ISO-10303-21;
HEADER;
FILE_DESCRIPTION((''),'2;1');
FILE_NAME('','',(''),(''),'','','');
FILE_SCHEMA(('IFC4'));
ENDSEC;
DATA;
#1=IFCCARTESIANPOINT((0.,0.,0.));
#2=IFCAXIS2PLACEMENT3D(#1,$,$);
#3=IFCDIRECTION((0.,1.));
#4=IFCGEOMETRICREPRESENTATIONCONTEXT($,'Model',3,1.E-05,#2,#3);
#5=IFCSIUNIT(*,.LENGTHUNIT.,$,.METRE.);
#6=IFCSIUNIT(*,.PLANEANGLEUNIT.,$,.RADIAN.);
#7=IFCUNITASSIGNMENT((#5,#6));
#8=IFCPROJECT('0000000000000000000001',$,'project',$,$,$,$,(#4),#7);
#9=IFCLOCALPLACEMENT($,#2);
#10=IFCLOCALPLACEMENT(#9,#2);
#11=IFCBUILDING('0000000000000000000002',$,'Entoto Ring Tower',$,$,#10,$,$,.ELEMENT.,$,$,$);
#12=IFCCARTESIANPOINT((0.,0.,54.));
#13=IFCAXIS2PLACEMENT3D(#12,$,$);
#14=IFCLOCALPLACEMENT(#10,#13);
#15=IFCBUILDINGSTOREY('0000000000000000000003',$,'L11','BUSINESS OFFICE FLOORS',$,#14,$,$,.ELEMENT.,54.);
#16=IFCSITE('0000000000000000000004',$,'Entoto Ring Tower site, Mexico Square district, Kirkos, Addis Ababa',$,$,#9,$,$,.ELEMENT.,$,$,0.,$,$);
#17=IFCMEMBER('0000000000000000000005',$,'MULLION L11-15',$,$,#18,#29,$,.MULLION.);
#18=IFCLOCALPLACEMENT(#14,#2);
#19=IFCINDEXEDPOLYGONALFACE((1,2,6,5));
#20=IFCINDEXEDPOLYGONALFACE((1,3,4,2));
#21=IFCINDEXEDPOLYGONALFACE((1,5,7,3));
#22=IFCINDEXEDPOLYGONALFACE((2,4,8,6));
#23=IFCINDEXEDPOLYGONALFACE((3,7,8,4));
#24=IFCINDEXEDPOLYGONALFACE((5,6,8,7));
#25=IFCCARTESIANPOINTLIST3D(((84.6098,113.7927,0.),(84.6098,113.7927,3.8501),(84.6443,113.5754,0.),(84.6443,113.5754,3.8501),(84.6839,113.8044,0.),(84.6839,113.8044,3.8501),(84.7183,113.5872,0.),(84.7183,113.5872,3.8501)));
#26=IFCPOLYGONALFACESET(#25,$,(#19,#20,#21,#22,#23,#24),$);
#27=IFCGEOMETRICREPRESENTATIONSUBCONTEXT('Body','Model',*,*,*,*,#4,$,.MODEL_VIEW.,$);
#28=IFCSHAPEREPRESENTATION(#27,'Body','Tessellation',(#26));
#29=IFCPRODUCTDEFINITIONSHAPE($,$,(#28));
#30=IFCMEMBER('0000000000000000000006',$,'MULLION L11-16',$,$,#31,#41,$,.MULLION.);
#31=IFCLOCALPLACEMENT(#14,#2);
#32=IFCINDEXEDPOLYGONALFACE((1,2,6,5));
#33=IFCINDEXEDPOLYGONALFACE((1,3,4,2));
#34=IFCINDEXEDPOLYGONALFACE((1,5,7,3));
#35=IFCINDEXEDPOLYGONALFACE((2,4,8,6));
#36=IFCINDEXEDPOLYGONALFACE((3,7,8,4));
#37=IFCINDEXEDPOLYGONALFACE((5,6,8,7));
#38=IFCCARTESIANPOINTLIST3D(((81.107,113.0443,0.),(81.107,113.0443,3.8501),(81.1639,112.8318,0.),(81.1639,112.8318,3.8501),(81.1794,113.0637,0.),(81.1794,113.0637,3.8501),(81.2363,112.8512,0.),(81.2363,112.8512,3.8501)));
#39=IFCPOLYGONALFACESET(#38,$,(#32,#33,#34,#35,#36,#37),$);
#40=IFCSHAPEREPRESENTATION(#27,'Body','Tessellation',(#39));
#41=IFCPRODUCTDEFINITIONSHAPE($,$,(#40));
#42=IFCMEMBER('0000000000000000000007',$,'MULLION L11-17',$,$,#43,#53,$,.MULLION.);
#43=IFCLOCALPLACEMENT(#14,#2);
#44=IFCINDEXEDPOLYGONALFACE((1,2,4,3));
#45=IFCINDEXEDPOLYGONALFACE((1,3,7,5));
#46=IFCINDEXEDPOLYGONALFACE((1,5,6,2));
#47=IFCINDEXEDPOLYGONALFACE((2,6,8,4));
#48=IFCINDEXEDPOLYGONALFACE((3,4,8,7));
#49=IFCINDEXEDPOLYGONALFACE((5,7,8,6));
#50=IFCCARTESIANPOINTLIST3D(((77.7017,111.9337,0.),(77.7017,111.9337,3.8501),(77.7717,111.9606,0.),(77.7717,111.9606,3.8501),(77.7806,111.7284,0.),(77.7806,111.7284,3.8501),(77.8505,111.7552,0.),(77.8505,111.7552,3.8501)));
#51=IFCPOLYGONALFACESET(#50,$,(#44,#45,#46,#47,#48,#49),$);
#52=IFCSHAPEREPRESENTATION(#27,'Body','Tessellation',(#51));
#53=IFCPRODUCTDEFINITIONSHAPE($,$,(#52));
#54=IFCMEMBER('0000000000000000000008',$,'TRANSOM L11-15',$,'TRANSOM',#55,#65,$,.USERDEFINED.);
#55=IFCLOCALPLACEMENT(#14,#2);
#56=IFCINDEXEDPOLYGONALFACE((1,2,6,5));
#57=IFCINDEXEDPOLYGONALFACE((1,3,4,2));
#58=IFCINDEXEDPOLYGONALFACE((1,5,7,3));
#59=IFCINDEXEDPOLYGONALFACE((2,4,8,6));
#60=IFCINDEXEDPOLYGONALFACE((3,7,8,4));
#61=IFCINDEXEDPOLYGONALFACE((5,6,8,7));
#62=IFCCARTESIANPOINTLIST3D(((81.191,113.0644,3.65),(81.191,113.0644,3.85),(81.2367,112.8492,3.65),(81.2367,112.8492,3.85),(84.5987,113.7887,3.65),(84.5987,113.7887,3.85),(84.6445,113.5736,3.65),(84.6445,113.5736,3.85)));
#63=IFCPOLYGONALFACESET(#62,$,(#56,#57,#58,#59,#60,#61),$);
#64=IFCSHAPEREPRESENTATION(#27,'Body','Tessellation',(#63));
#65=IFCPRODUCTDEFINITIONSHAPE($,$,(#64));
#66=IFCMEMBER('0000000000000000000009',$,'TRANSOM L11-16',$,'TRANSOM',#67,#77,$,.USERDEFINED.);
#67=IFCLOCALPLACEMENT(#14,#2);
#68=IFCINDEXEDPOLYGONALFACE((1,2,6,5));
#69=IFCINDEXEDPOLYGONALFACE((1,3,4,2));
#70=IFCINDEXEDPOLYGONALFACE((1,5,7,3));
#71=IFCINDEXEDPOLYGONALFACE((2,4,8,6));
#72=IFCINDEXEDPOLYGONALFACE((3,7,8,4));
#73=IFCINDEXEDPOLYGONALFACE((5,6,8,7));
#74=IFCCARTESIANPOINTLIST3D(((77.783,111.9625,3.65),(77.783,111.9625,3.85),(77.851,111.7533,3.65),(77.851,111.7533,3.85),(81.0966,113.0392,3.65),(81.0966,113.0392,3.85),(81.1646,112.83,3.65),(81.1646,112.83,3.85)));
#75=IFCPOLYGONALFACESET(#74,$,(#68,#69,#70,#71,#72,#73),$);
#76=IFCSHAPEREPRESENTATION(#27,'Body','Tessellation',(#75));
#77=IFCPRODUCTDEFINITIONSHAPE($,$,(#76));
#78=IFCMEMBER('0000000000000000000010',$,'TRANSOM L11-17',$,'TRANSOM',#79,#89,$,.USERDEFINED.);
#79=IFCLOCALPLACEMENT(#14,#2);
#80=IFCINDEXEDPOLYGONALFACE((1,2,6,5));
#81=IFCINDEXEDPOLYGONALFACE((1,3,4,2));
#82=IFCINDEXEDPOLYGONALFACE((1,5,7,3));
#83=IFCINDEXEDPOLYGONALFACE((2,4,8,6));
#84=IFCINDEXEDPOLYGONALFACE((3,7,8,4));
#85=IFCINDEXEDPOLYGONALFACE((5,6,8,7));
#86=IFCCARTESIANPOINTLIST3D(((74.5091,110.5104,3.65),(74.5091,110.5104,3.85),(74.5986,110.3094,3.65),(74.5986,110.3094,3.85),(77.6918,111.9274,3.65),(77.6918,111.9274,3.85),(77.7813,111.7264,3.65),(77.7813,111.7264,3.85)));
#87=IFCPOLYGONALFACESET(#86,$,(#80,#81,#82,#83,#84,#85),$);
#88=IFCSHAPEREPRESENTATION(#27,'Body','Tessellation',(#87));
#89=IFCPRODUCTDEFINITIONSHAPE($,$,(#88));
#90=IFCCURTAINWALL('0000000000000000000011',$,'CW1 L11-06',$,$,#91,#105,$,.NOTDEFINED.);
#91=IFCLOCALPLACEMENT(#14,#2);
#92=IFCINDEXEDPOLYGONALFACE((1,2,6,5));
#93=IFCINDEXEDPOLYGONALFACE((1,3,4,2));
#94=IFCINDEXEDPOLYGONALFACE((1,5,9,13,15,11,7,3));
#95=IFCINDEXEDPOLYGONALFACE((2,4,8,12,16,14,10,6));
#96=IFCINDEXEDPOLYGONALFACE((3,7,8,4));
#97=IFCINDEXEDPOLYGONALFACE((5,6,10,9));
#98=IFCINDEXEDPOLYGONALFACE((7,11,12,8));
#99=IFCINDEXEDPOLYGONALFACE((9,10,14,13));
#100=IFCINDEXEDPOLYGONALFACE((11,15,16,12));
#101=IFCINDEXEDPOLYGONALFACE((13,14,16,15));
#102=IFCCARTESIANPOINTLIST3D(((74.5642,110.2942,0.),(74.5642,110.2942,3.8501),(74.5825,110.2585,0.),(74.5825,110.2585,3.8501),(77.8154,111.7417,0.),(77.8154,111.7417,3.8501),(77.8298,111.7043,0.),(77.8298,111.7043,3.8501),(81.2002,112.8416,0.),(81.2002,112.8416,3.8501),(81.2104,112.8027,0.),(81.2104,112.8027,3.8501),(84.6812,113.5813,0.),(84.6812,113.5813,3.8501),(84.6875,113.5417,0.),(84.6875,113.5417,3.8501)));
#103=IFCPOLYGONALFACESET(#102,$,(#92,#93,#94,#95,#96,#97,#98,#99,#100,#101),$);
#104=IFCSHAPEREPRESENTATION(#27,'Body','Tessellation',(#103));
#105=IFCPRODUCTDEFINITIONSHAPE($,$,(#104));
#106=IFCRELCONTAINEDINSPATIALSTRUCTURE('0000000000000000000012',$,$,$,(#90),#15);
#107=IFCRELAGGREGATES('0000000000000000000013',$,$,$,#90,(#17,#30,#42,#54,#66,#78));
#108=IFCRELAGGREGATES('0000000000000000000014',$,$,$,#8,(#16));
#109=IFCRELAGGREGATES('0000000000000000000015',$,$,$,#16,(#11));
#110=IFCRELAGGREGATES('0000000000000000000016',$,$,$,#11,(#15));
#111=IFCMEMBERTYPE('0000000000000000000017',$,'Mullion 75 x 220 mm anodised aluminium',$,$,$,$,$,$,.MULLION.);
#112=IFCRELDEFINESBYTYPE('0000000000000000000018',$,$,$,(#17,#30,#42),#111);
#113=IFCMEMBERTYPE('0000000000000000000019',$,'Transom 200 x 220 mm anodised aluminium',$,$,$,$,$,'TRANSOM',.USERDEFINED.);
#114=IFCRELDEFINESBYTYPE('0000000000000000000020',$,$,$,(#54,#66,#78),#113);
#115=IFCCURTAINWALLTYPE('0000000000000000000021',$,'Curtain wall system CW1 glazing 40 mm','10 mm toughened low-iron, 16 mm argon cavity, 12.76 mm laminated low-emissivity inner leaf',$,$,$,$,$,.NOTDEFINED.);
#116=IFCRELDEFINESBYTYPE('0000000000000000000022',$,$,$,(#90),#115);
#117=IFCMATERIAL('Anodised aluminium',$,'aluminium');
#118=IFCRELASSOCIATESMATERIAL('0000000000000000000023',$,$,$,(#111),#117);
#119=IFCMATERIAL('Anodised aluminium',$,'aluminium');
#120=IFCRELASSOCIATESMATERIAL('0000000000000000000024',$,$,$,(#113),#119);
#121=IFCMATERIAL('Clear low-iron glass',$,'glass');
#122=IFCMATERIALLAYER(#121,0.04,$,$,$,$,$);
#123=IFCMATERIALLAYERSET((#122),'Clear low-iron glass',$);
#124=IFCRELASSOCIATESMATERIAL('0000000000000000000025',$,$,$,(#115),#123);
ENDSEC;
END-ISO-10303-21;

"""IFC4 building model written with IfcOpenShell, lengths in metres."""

from ifc_helpers import new_model, si_unit, direction, frame, origin, origin_2d, place, context, subcontext, project, spatial, polyline, rectangle, outline, extrude, material, layer, layer_set, material_profile, profile_set, type_object, element, aggregate, save


model = new_model("IFC4")

# Units and contexts
model_context = context("Model", 3, precision=1e-05, world=origin(), true_north=direction((0.0, 1.0)))
body_context = subcontext(model_context, "Body", "Model", "MODEL_VIEW")
ifc_project = project(units=[si_unit("LENGTHUNIT", "METRE"), si_unit("PLANEANGLEUNIT", "RADIAN")], contexts=[model_context])

# Members
ifc_material_1 = material(Name="Anodised aluminium", Category="aluminium")
ifc_material_profile_1 = material_profile(ifc_material_1, rectangle(XDim=0.075, YDim=0.22, at=origin_2d()), Name="Mullion 75 x 220 mm anodised aluminium")
ifc_profile_set_1 = profile_set([ifc_material_profile_1], Name="Anodised aluminium")
member_type_1 = type_object("IfcMemberType", Name="Mullion 75 x 220 mm anodised aluminium", PredefinedType="MULLION", material=ifc_profile_set_1)
site_placement = place(None, origin())
building_placement = place(site_placement, origin())
storey_placement = place(building_placement, frame((0.0, 0.0, 54.0)))
member_1_placement = place(storey_placement, frame((84.6641, 113.6899, 0.0), z_axis=(0.0, 0.0, 1.0), x_axis=(-0.987688, -0.156434, 0.0)))
member_1 = element("IfcMember", 1, at=member_1_placement, type_object=member_type_1, Name="MULLION L11-15", PredefinedType="MULLION", context=body_context, shape_type="SweptSolid", body=[
    extrude(rectangle(XDim=0.075, YDim=0.22, at=origin_2d()), origin(), (0.0, 0.0, 1.0), 3.8501),
])
member_2_placement = place(storey_placement, frame((81.1716, 112.9478, 0.0), z_axis=(0.0, 0.0, 1.0), x_axis=(-0.965926, -0.258819, 0.0)))
member_2 = element("IfcMember", 2, at=member_2_placement, type_object=member_type_1, Name="MULLION L11-16", PredefinedType="MULLION", context=body_context, shape_type="SweptSolid", body=[
    extrude(rectangle(XDim=0.075, YDim=0.22, at=origin_2d()), origin(), (0.0, 0.0, 1.0), 3.8501),
])
member_3_placement = place(storey_placement, frame((77.7761, 111.8445, 0.0), z_axis=(0.0, 0.0, 1.0), x_axis=(-0.93358, -0.358368, 0.0)))
member_3 = element("IfcMember", 3, at=member_3_placement, type_object=member_type_1, Name="MULLION L11-17", PredefinedType="MULLION", context=body_context, shape_type="SweptSolid", body=[
    extrude(rectangle(XDim=0.075, YDim=0.22, at=origin_2d()), origin(), (0.0, 0.0, 1.0), 3.8501),
])
ifc_material_2 = material(Name="Anodised aluminium", Category="aluminium")
ifc_material_profile_2 = material_profile(ifc_material_2, rectangle(XDim=0.22, YDim=0.2, at=origin_2d()), Name="Transom 200 x 220 mm anodised aluminium")
ifc_profile_set_2 = profile_set([ifc_material_profile_2], Name="Anodised aluminium")
member_type_2 = type_object("IfcMemberType", Name="Transom 200 x 220 mm anodised aluminium", ElementType="TRANSOM", PredefinedType="USERDEFINED", material=ifc_profile_set_2)
member_4_placement = place(storey_placement, frame((84.6216, 113.6812, 3.75), z_axis=(-0.978146, -0.207921, 0.0), x_axis=(0.207921, -0.978146, 0.0)))
member_4 = element("IfcMember", 4, at=member_4_placement, type_object=member_type_2, Name="TRANSOM L11-15", ObjectType="TRANSOM", PredefinedType="USERDEFINED", context=body_context, shape_type="SweptSolid", body=[
    extrude(rectangle(XDim=0.22, YDim=0.2, at=origin_2d()), origin(), (0.0, 0.0, 1.0), 3.4839),
])
member_5_placement = place(storey_placement, frame((81.1306, 112.9346, 3.75), z_axis=(-0.951053, -0.309029, 0.0), x_axis=(0.309029, -0.951053, 0.0)))
member_5 = element("IfcMember", 5, at=member_5_placement, type_object=member_type_2, Name="TRANSOM L11-16", ObjectType="TRANSOM", PredefinedType="USERDEFINED", context=body_context, shape_type="SweptSolid", body=[
    extrude(rectangle(XDim=0.22, YDim=0.2, at=origin_2d()), origin(), (0.0, 0.0, 1.0), 3.4841),
])
member_6_placement = place(storey_placement, frame((77.7366, 111.8269, 3.75), z_axis=(-0.913545, -0.406737, 0.0), x_axis=(0.406737, -0.913545, 0.0)))
member_6 = element("IfcMember", 6, at=member_6_placement, type_object=member_type_2, Name="TRANSOM L11-17", ObjectType="TRANSOM", PredefinedType="USERDEFINED", context=body_context, shape_type="SweptSolid", body=[
    extrude(rectangle(XDim=0.22, YDim=0.2, at=origin_2d()), origin(), (0.0, 0.0, 1.0), 3.4839),
])

# Site, building, storey
site = spatial("IfcSite", under=ifc_project, at=site_placement, Name="Entoto Ring Tower site, Mexico Square district, Kirkos, Addis Ababa", CompositionType="ELEMENT", RefElevation=0.0)
building = spatial("IfcBuilding", under=site, at=building_placement, Name="Entoto Ring Tower", CompositionType="ELEMENT")
storey = spatial("IfcBuildingStorey", under=building, at=storey_placement, Name="L11", Description="BUSINESS OFFICE FLOORS", CompositionType="ELEMENT", Elevation=54.0)

# Curtain wall
ifc_material_3 = material(Name="Clear low-iron glass", Category="glass")
ifc_layer = layer(ifc_material_3, 0.04)
ifc_layer_set = layer_set([ifc_layer], Name="Clear low-iron glass")
curtain_wall_type = type_object("IfcCurtainWallType", Name="Curtain wall system CW1 glazing 40 mm", Description="10 mm toughened low-iron, 16 mm argon cavity, 12.76 mm laminated low-emissivity inner leaf", PredefinedType="NOTDEFINED", material=ifc_layer_set)
curtain_wall_1_placement = place(storey_placement, origin())
curtain_wall_1 = element("IfcCurtainWall", 7, at=curtain_wall_1_placement, inside=storey, type_object=curtain_wall_type, Name="CW1 L11-06", PredefinedType="NOTDEFINED", context=body_context, shape_type="SweptSolid", body=[
    extrude(outline(polyline([(84.6812, 113.5813), (81.2002, 112.8416), (77.8154, 111.7417), (74.5642, 110.2942), (74.5825, 110.2585), (77.8298, 111.7043), (81.2104, 112.8027), (84.6875, 113.5417), (84.6812, 113.5813)])), origin(), (0.0, 0.0, 1.0), 3.8501),
])
aggregate(curtain_wall_1, [member_1, member_2, member_3, member_4, member_5, member_6])

save(model, "model.ifc")
